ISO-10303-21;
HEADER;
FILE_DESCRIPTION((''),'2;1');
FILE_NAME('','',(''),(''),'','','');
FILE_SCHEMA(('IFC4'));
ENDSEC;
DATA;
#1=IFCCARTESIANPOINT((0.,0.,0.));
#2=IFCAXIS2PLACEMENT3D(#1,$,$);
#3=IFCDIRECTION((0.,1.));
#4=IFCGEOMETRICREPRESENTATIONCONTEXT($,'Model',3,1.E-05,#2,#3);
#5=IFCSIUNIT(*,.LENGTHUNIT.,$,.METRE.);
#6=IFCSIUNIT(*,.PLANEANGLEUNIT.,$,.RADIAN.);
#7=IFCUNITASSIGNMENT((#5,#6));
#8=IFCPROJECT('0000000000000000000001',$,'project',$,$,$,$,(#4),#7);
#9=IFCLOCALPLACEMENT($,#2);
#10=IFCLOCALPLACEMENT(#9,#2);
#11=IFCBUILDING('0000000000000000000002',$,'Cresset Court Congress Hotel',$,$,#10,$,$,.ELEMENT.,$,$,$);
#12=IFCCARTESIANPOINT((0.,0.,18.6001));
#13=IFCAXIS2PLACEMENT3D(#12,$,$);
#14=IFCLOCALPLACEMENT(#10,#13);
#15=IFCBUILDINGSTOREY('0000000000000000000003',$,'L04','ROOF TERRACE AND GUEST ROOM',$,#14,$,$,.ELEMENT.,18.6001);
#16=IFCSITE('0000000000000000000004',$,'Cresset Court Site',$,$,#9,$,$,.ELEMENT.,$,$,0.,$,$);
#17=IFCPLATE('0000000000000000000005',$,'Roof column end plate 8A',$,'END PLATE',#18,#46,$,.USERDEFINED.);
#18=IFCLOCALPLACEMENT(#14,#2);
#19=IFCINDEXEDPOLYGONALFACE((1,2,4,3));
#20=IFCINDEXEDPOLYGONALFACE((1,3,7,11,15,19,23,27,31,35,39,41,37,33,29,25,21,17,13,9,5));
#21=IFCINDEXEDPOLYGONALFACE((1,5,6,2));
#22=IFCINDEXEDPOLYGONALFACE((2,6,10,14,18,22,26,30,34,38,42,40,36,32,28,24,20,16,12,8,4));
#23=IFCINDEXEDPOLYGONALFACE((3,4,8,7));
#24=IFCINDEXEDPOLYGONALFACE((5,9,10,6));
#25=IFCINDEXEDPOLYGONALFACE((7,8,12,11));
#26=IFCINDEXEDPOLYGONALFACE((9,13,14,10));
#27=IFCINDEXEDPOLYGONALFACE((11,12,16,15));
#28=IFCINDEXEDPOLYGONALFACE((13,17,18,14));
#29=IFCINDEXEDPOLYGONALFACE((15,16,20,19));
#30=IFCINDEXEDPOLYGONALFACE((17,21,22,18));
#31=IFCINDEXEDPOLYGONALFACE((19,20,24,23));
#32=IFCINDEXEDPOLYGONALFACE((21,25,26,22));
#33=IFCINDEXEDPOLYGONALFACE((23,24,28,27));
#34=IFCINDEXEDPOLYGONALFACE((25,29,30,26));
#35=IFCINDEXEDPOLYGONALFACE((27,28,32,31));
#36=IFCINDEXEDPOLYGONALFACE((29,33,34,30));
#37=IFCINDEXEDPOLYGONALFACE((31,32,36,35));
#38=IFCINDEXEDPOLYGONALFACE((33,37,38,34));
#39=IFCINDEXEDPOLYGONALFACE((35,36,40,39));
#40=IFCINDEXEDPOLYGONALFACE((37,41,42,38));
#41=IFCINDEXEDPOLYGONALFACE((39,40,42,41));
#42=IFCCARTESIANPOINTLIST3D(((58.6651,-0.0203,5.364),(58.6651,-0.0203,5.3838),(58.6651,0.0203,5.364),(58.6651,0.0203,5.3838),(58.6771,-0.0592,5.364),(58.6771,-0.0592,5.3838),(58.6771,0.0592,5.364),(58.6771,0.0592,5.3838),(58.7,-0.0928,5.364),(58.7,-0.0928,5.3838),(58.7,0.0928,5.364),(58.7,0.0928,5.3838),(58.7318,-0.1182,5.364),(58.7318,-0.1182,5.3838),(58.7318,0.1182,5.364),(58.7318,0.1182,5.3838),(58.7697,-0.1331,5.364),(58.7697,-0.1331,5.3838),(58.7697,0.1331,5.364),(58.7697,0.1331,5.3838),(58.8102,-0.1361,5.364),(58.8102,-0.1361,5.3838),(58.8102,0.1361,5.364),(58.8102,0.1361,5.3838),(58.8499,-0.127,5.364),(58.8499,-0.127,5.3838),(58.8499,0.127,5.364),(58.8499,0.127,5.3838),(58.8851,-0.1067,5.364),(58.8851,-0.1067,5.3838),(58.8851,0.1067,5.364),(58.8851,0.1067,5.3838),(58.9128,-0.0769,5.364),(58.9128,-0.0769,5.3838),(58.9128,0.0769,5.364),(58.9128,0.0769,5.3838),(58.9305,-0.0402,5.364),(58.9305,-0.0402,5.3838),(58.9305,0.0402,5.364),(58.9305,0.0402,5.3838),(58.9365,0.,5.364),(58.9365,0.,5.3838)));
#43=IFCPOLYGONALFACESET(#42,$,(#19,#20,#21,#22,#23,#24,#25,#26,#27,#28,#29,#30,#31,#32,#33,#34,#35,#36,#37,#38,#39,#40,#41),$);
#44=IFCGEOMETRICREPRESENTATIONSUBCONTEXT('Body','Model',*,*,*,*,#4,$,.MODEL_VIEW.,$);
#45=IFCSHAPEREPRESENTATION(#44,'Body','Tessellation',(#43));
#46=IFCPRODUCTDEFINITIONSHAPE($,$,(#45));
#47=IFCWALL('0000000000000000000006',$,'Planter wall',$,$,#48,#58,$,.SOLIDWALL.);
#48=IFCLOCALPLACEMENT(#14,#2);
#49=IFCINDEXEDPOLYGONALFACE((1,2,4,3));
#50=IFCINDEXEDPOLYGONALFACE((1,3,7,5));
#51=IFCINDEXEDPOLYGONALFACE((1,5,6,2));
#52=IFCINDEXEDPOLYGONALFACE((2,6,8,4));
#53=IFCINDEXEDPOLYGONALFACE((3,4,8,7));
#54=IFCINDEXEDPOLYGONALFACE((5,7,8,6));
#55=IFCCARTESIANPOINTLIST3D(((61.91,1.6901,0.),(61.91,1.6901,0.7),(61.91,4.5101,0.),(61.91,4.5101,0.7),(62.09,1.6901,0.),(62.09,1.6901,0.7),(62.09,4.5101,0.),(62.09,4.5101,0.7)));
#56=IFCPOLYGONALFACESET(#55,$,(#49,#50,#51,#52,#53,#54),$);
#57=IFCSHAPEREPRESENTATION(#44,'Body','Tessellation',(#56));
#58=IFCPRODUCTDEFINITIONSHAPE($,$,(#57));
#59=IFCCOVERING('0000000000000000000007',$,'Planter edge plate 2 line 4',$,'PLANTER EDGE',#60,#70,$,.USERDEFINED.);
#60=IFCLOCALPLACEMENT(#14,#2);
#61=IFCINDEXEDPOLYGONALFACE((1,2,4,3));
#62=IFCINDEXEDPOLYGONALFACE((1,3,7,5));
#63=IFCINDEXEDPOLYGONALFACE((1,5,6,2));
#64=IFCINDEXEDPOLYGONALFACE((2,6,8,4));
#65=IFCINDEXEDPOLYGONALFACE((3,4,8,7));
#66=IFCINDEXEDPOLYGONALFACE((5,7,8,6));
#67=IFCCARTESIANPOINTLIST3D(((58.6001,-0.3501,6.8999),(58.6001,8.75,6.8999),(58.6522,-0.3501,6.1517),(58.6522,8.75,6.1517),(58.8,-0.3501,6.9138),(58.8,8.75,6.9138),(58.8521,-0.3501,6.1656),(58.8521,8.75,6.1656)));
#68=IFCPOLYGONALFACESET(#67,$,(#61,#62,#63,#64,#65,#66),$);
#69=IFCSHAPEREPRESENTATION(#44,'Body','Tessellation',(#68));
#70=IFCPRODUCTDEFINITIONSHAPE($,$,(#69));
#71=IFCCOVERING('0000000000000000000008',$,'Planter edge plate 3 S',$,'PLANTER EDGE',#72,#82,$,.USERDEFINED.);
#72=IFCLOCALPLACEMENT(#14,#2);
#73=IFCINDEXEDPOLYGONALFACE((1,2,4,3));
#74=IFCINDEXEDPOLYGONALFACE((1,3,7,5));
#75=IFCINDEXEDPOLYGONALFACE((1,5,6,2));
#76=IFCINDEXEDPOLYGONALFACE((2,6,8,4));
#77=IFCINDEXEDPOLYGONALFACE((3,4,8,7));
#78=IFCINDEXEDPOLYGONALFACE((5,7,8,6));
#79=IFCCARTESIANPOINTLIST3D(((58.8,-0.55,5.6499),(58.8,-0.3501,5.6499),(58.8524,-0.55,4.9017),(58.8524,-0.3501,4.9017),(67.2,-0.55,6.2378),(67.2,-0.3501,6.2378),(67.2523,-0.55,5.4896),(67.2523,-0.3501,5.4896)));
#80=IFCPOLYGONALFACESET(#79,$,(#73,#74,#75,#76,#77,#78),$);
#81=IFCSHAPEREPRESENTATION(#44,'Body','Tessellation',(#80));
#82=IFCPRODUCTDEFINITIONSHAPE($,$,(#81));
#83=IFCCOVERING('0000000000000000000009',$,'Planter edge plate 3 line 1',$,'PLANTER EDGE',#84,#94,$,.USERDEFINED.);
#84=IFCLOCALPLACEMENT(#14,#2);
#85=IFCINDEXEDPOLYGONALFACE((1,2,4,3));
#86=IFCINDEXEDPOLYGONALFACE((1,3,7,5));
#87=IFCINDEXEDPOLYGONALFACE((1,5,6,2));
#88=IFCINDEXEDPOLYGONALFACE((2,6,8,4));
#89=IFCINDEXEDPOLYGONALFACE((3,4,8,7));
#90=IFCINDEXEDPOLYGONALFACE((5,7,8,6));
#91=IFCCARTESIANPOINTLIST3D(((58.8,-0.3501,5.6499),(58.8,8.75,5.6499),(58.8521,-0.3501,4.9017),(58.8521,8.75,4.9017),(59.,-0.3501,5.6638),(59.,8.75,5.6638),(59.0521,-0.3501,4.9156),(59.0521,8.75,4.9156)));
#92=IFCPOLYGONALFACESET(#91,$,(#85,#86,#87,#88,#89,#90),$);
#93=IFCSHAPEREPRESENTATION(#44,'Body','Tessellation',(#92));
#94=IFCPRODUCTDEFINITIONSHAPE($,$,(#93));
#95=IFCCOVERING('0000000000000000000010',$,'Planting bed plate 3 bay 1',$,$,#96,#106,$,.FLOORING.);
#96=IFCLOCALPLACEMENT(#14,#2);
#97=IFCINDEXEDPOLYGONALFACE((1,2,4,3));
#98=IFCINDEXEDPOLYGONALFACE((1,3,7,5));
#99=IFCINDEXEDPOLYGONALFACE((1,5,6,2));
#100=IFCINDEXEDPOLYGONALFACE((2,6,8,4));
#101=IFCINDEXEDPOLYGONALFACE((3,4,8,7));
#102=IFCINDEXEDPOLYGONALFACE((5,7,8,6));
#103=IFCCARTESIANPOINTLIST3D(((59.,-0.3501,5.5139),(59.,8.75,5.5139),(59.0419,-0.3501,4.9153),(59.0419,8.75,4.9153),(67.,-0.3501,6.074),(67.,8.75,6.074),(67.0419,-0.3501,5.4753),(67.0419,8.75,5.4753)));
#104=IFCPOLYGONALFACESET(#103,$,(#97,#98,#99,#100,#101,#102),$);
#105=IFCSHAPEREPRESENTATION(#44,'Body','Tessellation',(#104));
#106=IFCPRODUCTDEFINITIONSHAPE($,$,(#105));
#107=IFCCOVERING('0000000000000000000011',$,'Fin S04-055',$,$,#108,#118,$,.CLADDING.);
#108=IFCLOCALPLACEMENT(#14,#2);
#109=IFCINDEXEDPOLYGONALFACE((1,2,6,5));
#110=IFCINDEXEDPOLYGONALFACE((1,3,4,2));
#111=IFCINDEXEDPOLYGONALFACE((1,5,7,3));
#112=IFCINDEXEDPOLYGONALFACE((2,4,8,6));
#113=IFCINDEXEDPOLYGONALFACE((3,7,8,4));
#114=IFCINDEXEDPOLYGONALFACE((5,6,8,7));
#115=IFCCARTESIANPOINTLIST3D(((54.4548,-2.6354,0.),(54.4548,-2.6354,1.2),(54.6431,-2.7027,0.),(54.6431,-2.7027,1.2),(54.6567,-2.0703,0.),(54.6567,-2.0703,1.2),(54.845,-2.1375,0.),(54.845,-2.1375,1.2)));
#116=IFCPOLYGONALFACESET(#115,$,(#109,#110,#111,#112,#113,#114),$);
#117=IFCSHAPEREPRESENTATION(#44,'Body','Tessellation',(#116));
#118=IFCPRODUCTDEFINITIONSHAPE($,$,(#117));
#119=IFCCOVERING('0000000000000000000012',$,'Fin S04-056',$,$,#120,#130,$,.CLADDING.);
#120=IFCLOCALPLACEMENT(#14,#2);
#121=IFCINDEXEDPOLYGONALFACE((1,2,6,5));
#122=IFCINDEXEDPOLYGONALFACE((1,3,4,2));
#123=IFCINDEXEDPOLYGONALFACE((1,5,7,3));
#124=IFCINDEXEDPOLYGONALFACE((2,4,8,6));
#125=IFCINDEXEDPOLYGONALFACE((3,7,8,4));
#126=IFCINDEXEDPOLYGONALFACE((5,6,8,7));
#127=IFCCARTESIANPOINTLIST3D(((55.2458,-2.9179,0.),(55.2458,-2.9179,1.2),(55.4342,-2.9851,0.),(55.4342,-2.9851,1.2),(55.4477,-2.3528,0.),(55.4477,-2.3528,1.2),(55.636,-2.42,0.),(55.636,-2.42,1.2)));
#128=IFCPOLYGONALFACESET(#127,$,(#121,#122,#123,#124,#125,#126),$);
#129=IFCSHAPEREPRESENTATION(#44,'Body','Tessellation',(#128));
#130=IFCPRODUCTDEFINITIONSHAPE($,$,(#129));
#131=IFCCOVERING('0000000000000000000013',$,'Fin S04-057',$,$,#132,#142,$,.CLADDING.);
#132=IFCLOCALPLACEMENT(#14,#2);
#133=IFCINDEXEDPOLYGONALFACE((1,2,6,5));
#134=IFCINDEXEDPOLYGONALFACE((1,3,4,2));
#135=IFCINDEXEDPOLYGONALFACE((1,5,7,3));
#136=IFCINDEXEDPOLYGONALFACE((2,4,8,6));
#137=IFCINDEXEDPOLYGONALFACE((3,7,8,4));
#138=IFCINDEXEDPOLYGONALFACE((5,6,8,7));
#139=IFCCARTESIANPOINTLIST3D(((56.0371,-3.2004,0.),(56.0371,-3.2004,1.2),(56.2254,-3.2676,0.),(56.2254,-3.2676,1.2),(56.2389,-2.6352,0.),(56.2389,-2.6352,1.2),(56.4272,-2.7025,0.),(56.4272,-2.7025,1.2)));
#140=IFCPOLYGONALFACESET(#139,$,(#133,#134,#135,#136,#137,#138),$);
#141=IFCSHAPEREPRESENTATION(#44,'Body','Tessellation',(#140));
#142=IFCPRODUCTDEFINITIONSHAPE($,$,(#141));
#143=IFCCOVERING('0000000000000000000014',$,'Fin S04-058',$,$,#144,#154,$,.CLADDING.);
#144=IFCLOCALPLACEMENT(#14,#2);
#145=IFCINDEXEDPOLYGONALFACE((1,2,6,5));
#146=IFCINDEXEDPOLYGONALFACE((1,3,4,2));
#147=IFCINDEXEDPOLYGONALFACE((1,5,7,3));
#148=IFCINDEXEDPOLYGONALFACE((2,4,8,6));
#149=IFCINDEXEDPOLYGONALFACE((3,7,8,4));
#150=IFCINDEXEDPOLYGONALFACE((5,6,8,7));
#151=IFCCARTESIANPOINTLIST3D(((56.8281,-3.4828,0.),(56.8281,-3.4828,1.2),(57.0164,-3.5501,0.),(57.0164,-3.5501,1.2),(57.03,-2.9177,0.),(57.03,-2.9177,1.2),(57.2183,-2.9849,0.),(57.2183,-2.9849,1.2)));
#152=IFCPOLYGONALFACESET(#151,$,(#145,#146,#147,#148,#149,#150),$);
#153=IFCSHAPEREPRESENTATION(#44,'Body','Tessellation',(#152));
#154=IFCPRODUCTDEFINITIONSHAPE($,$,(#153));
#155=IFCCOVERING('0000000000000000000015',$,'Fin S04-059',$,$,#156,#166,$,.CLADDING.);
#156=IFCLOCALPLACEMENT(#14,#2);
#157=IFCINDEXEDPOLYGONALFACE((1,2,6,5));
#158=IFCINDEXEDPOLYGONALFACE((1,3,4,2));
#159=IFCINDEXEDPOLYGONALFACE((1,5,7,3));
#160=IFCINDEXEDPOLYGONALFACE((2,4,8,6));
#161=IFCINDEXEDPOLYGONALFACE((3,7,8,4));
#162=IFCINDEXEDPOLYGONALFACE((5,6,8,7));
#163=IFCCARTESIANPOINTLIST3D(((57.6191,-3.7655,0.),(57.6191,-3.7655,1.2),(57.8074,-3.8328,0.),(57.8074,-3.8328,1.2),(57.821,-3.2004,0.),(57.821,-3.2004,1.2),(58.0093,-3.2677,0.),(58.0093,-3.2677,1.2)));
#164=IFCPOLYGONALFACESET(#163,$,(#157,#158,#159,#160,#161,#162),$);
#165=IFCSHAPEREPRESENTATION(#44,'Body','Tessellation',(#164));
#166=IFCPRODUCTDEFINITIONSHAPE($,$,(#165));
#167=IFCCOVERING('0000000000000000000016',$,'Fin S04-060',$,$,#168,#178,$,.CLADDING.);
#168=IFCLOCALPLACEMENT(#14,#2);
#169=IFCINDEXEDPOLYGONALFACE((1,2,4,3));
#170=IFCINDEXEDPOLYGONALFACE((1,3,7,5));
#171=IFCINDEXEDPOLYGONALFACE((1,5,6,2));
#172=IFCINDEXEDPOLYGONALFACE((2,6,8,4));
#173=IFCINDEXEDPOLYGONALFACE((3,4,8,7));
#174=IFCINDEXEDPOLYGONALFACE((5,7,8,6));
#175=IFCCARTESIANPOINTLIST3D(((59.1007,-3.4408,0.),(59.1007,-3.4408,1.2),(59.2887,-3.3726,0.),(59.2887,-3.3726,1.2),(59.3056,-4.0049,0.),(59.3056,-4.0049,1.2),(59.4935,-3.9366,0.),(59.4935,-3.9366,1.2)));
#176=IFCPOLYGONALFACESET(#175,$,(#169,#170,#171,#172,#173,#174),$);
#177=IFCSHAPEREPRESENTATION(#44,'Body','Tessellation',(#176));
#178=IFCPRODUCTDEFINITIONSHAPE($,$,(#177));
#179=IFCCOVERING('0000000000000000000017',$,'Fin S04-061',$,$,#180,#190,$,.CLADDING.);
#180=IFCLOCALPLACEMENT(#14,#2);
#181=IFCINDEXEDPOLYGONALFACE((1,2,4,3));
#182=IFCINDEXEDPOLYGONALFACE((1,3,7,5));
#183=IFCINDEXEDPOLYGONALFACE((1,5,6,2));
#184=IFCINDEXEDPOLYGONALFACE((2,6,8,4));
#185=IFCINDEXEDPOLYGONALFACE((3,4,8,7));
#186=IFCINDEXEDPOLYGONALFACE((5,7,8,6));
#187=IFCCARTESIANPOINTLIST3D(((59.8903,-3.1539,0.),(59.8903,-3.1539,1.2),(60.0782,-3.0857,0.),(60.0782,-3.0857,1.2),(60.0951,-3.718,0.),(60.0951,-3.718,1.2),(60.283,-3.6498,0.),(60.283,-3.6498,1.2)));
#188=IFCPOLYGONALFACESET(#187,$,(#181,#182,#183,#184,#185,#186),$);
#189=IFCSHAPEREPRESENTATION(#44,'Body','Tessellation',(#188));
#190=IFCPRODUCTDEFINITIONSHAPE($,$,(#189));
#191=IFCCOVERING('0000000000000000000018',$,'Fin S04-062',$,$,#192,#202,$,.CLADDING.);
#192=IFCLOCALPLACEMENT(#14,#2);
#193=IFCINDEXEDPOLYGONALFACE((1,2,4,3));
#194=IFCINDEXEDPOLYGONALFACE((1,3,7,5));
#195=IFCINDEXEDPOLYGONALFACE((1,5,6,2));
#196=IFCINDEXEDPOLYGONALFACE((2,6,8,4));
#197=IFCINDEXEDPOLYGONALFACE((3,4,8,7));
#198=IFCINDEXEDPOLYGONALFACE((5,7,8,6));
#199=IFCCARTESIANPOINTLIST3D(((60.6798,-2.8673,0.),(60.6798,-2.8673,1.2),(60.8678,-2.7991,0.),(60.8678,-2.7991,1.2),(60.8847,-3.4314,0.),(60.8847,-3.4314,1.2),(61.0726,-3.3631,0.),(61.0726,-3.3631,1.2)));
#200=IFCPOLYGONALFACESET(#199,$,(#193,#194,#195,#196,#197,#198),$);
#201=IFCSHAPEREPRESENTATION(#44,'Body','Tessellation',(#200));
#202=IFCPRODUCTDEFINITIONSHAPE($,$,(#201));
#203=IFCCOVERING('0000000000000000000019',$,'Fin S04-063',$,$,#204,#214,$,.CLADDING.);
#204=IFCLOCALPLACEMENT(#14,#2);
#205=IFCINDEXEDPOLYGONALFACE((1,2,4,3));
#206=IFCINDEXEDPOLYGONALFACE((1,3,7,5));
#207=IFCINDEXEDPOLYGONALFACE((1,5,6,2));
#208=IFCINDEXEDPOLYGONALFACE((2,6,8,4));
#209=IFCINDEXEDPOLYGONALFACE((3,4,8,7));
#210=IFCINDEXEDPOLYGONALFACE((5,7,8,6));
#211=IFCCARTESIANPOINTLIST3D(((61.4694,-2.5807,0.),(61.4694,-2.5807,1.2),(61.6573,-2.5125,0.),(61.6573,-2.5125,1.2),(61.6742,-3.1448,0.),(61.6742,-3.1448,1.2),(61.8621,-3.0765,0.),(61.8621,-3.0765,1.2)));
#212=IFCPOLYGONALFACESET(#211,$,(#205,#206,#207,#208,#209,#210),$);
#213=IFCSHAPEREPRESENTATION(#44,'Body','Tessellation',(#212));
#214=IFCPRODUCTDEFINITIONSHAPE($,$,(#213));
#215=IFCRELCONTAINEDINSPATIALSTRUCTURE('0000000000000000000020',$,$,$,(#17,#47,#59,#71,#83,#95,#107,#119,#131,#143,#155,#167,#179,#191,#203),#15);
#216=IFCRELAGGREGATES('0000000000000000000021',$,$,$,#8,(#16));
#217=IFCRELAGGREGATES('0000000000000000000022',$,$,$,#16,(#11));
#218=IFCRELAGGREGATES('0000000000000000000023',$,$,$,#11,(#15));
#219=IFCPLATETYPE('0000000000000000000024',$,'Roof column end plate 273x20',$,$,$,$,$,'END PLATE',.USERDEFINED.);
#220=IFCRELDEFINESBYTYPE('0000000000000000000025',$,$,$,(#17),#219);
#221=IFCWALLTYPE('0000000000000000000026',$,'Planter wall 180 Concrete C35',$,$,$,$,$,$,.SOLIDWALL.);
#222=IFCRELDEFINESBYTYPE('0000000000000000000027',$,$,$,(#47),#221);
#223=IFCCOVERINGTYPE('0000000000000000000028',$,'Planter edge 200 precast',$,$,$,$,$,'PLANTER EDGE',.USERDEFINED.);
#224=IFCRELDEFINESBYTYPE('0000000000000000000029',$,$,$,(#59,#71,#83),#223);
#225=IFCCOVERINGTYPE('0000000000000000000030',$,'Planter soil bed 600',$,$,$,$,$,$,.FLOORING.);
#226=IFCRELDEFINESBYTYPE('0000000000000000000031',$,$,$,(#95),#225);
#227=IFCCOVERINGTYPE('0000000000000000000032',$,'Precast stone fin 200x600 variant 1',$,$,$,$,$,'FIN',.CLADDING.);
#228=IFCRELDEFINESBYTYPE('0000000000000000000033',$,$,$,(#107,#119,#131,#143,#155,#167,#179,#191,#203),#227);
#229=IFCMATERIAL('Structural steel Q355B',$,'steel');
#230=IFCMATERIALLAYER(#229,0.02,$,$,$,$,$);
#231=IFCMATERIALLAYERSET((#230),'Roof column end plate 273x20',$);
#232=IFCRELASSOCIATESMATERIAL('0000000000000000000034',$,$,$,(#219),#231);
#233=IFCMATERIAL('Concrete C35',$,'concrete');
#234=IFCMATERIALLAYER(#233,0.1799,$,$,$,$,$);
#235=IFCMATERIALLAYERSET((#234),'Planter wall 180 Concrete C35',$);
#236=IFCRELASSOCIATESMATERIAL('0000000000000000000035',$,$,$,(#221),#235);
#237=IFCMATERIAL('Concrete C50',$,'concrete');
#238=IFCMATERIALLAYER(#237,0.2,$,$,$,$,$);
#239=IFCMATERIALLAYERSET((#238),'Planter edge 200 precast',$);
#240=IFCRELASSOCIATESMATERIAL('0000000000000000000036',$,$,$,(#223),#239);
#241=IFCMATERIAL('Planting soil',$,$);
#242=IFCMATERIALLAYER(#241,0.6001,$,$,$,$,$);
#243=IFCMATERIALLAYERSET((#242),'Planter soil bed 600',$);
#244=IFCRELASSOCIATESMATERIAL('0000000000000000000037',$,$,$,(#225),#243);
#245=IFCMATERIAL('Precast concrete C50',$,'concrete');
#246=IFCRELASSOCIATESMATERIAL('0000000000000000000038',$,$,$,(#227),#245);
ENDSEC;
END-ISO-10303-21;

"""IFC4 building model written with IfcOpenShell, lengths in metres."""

from ifc_helpers import new_model, si_unit, direction, frame, frame_2d, origin, origin_2d, place, context, subcontext, project, spatial, polyline, rectangle, circle, outline, extrude, material, layer, layer_set, type_object, element, save


model = new_model("IFC4")

# Units and contexts
model_context = context("Model", 3, precision=1e-05, world=origin(), true_north=direction((0.0, 1.0)))
body_context = subcontext(model_context, "Body", "Model", "MODEL_VIEW")
ifc_project = project(units=[si_unit("LENGTHUNIT", "METRE"), si_unit("PLANEANGLEUNIT", "RADIAN")], contexts=[model_context])

# Site, building, storey
site_placement = place(None, origin())
site = spatial("IfcSite", under=ifc_project, at=site_placement, Name="Cresset Court Site", CompositionType="ELEMENT", RefElevation=0.0)
building_placement = place(site_placement, origin())
building = spatial("IfcBuilding", under=site, at=building_placement, Name="Cresset Court Congress Hotel", CompositionType="ELEMENT")
storey_placement = place(building_placement, frame((0.0, 0.0, 18.6001)))
storey = spatial("IfcBuildingStorey", under=building, at=storey_placement, Name="L04", Description="ROOF TERRACE AND GUEST ROOM", CompositionType="ELEMENT", Elevation=18.6001)

# Plate
ifc_material_1 = material(Name="Structural steel Q355B", Category="steel")
ifc_layer_1 = layer(ifc_material_1, 0.02)
ifc_layer_set_1 = layer_set([ifc_layer_1], Name="Roof column end plate 273x20")
plate_type_1 = type_object("IfcPlateType", Name="Roof column end plate 273x20", ElementType="END PLATE", PredefinedType="USERDEFINED", material=ifc_layer_set_1)
plate_1_placement = place(storey_placement, frame((58.8, 0.0, 5.364), z_axis=(0.0, 0.0, 1.0), x_axis=(1.0, 0.0, 0.0)))
element("IfcPlate", 1, at=plate_1_placement, inside=storey, type_object=plate_type_1, Name="Roof column end plate 8A", ObjectType="END PLATE", PredefinedType="USERDEFINED", context=body_context, shape_type="SweptSolid", body=[
    extrude(circle(Radius=0.1365, at=origin_2d()), origin(), (0.0, 0.0, 1.0), 0.0198),
])

# Wall
ifc_material_2 = material(Name="Concrete C35", Category="concrete")
ifc_layer_2 = layer(ifc_material_2, 0.1799)
ifc_layer_set_2 = layer_set([ifc_layer_2], Name="Planter wall 180 Concrete C35")
wall_type = type_object("IfcWallType", Name="Planter wall 180 Concrete C35", PredefinedType="SOLIDWALL", material=ifc_layer_set_2)
wall_placement = place(storey_placement, frame((62.0, 1.6899, 0.0), z_axis=(0.0, 0.0, 1.0), x_axis=(0.0, 1.0, 0.0)))
element("IfcWall", 2, at=wall_placement, inside=storey, type_object=wall_type, Name="Planter wall", PredefinedType="SOLIDWALL", context=body_context, shape_type="SweptSolid", body=[
    extrude(rectangle(XDim=2.8201, YDim=0.1799, at=frame_2d((1.4102, 0.0))), origin(), (0.0, 0.0, 1.0), 0.7),
])

# Coverings
ifc_material_3 = material(Name="Concrete C50", Category="concrete")
ifc_layer_3 = layer(ifc_material_3, 0.2)
ifc_layer_set_3 = layer_set([ifc_layer_3], Name="Planter edge 200 precast")
covering_type_1 = type_object("IfcCoveringType", Name="Planter edge 200 precast", ElementType="PLANTER EDGE", PredefinedType="USERDEFINED", material=ifc_layer_set_3)
covering_1_placement = place(storey_placement, frame((58.6001, -0.3501, 6.8999), z_axis=(-0.069429, 0.0, 0.997587), x_axis=(0.997587, 0.0, 0.069429)))
element("IfcCovering", 3, at=covering_1_placement, inside=storey, type_object=covering_type_1, Name="Planter edge plate 2 line 4", ObjectType="PLANTER EDGE", PredefinedType="USERDEFINED", context=body_context, shape_type="SweptSolid", body=[
    extrude(outline(polyline([(0.0, 0.0), (0.2004, 0.0), (0.2004, 9.1001), (0.0, 9.1001), (0.0, 0.0)])), origin(), (0.0, 0.0, -1.0), 0.75),
])
covering_2_placement = place(storey_placement, frame((58.8, -0.55, 5.6499), z_axis=(-0.069817, 0.0, 0.99756), x_axis=(0.99756, 0.0, 0.069817)))
element("IfcCovering", 4, at=covering_2_placement, inside=storey, type_object=covering_type_1, Name="Planter edge plate 3 S", ObjectType="PLANTER EDGE", PredefinedType="USERDEFINED", context=body_context, shape_type="SweptSolid", body=[
    extrude(outline(polyline([(0.0, 0.0), (8.4204, 0.0), (8.4204, 0.2), (0.0, 0.2), (0.0, 0.0)])), origin(), (0.0, 0.0, -1.0), 0.75),
])
covering_3_placement = place(storey_placement, frame((58.8, -0.3501, 5.6499), z_axis=(-0.069429, 0.0, 0.997587), x_axis=(0.997587, 0.0, 0.069429)))
element("IfcCovering", 5, at=covering_3_placement, inside=storey, type_object=covering_type_1, Name="Planter edge plate 3 line 1", ObjectType="PLANTER EDGE", PredefinedType="USERDEFINED", context=body_context, shape_type="SweptSolid", body=[
    extrude(outline(polyline([(0.0, 0.0), (0.2004, 0.0), (0.2004, 9.1001), (0.0, 9.1001), (0.0, 0.0)])), origin(), (0.0, 0.0, -1.0), 0.75),
])
ifc_material_4 = material(Name="Planting soil")
ifc_layer_4 = layer(ifc_material_4, 0.6001)
ifc_layer_set_4 = layer_set([ifc_layer_4], Name="Planter soil bed 600")
covering_type_2 = type_object("IfcCoveringType", Name="Planter soil bed 600", PredefinedType="FLOORING", material=ifc_layer_set_4)
covering_4_placement = place(storey_placement, frame((59.0, -0.3501, 5.5139), z_axis=(-0.069836, 0.0, 0.997558), x_axis=(0.997558, 0.0, 0.069836)))
element("IfcCovering", 6, at=covering_4_placement, inside=storey, type_object=covering_type_2, Name="Planting bed plate 3 bay 1", PredefinedType="FLOORING", context=body_context, shape_type="SweptSolid", body=[
    extrude(outline(polyline([(0.0, 0.0), (8.0196, 0.0), (8.0196, 9.1001), (0.0, 9.1001), (0.0, 0.0)])), origin(), (0.0, 0.0, -1.0), 0.6001),
])
ifc_material_5 = material(Name="Precast concrete C50", Category="concrete")
covering_type_3 = type_object("IfcCoveringType", Name="Precast stone fin 200x600 variant 1", ElementType="FIN", PredefinedType="CLADDING", material=ifc_material_5)
for number, where, z_axis, x_axis, name in (
    (7, (54.6499, -2.3865, 0.0), (0.0, 0.0, 1.0), (0.941742, -0.336336, 0.0), "Fin S04-055"),
    (8, (55.4409, -2.6689, 0.0), (0.0, 0.0, 1.0), (0.941742, -0.336336, 0.0), "Fin S04-056"),
    (9, (56.2322, -2.9514, 0.0), (0.0, 0.0, 1.0), (0.941742, -0.336336, 0.0), "Fin S04-057"),
    (10, (57.0232, -3.2339, 0.0), (0.0, 0.0, 1.0), (0.941742, -0.336336, 0.0), "Fin S04-058"),
    (11, (57.8142, -3.5166, 0.0), (0.0, 0.0, 1.0), (0.941742, -0.336336, 0.0), "Fin S04-059"),
    (12, (59.2971, -3.6887, 0.0), (0.0, 0.0, 1.0), (0.939957, 0.341293, 0.0), "Fin S04-060"),
    (13, (60.0867, -3.4019, 0.0), (0.0, 0.0, 1.0), (0.939957, 0.341293, 0.0), "Fin S04-061"),
    (14, (60.8762, -3.1152, 0.0), (0.0, 0.0, 1.0), (0.939957, 0.341293, 0.0), "Fin S04-062"),
    (15, (61.6658, -2.8286, 0.0), (0.0, 0.0, 1.0), (0.939957, 0.341293, 0.0), "Fin S04-063"),
):
    element("IfcCovering", number, at=place(storey_placement, frame(where, z_axis=z_axis, x_axis=x_axis)), inside=storey, type_object=covering_type_3, Name=name, PredefinedType="CLADDING", context=body_context, shape_type="SweptSolid", body=[
        extrude(rectangle(XDim=0.2, YDim=0.6001, at=origin_2d()), origin(), (0.0, 0.0, 1.0), 1.2),
    ])

save(model, "model.ifc")
